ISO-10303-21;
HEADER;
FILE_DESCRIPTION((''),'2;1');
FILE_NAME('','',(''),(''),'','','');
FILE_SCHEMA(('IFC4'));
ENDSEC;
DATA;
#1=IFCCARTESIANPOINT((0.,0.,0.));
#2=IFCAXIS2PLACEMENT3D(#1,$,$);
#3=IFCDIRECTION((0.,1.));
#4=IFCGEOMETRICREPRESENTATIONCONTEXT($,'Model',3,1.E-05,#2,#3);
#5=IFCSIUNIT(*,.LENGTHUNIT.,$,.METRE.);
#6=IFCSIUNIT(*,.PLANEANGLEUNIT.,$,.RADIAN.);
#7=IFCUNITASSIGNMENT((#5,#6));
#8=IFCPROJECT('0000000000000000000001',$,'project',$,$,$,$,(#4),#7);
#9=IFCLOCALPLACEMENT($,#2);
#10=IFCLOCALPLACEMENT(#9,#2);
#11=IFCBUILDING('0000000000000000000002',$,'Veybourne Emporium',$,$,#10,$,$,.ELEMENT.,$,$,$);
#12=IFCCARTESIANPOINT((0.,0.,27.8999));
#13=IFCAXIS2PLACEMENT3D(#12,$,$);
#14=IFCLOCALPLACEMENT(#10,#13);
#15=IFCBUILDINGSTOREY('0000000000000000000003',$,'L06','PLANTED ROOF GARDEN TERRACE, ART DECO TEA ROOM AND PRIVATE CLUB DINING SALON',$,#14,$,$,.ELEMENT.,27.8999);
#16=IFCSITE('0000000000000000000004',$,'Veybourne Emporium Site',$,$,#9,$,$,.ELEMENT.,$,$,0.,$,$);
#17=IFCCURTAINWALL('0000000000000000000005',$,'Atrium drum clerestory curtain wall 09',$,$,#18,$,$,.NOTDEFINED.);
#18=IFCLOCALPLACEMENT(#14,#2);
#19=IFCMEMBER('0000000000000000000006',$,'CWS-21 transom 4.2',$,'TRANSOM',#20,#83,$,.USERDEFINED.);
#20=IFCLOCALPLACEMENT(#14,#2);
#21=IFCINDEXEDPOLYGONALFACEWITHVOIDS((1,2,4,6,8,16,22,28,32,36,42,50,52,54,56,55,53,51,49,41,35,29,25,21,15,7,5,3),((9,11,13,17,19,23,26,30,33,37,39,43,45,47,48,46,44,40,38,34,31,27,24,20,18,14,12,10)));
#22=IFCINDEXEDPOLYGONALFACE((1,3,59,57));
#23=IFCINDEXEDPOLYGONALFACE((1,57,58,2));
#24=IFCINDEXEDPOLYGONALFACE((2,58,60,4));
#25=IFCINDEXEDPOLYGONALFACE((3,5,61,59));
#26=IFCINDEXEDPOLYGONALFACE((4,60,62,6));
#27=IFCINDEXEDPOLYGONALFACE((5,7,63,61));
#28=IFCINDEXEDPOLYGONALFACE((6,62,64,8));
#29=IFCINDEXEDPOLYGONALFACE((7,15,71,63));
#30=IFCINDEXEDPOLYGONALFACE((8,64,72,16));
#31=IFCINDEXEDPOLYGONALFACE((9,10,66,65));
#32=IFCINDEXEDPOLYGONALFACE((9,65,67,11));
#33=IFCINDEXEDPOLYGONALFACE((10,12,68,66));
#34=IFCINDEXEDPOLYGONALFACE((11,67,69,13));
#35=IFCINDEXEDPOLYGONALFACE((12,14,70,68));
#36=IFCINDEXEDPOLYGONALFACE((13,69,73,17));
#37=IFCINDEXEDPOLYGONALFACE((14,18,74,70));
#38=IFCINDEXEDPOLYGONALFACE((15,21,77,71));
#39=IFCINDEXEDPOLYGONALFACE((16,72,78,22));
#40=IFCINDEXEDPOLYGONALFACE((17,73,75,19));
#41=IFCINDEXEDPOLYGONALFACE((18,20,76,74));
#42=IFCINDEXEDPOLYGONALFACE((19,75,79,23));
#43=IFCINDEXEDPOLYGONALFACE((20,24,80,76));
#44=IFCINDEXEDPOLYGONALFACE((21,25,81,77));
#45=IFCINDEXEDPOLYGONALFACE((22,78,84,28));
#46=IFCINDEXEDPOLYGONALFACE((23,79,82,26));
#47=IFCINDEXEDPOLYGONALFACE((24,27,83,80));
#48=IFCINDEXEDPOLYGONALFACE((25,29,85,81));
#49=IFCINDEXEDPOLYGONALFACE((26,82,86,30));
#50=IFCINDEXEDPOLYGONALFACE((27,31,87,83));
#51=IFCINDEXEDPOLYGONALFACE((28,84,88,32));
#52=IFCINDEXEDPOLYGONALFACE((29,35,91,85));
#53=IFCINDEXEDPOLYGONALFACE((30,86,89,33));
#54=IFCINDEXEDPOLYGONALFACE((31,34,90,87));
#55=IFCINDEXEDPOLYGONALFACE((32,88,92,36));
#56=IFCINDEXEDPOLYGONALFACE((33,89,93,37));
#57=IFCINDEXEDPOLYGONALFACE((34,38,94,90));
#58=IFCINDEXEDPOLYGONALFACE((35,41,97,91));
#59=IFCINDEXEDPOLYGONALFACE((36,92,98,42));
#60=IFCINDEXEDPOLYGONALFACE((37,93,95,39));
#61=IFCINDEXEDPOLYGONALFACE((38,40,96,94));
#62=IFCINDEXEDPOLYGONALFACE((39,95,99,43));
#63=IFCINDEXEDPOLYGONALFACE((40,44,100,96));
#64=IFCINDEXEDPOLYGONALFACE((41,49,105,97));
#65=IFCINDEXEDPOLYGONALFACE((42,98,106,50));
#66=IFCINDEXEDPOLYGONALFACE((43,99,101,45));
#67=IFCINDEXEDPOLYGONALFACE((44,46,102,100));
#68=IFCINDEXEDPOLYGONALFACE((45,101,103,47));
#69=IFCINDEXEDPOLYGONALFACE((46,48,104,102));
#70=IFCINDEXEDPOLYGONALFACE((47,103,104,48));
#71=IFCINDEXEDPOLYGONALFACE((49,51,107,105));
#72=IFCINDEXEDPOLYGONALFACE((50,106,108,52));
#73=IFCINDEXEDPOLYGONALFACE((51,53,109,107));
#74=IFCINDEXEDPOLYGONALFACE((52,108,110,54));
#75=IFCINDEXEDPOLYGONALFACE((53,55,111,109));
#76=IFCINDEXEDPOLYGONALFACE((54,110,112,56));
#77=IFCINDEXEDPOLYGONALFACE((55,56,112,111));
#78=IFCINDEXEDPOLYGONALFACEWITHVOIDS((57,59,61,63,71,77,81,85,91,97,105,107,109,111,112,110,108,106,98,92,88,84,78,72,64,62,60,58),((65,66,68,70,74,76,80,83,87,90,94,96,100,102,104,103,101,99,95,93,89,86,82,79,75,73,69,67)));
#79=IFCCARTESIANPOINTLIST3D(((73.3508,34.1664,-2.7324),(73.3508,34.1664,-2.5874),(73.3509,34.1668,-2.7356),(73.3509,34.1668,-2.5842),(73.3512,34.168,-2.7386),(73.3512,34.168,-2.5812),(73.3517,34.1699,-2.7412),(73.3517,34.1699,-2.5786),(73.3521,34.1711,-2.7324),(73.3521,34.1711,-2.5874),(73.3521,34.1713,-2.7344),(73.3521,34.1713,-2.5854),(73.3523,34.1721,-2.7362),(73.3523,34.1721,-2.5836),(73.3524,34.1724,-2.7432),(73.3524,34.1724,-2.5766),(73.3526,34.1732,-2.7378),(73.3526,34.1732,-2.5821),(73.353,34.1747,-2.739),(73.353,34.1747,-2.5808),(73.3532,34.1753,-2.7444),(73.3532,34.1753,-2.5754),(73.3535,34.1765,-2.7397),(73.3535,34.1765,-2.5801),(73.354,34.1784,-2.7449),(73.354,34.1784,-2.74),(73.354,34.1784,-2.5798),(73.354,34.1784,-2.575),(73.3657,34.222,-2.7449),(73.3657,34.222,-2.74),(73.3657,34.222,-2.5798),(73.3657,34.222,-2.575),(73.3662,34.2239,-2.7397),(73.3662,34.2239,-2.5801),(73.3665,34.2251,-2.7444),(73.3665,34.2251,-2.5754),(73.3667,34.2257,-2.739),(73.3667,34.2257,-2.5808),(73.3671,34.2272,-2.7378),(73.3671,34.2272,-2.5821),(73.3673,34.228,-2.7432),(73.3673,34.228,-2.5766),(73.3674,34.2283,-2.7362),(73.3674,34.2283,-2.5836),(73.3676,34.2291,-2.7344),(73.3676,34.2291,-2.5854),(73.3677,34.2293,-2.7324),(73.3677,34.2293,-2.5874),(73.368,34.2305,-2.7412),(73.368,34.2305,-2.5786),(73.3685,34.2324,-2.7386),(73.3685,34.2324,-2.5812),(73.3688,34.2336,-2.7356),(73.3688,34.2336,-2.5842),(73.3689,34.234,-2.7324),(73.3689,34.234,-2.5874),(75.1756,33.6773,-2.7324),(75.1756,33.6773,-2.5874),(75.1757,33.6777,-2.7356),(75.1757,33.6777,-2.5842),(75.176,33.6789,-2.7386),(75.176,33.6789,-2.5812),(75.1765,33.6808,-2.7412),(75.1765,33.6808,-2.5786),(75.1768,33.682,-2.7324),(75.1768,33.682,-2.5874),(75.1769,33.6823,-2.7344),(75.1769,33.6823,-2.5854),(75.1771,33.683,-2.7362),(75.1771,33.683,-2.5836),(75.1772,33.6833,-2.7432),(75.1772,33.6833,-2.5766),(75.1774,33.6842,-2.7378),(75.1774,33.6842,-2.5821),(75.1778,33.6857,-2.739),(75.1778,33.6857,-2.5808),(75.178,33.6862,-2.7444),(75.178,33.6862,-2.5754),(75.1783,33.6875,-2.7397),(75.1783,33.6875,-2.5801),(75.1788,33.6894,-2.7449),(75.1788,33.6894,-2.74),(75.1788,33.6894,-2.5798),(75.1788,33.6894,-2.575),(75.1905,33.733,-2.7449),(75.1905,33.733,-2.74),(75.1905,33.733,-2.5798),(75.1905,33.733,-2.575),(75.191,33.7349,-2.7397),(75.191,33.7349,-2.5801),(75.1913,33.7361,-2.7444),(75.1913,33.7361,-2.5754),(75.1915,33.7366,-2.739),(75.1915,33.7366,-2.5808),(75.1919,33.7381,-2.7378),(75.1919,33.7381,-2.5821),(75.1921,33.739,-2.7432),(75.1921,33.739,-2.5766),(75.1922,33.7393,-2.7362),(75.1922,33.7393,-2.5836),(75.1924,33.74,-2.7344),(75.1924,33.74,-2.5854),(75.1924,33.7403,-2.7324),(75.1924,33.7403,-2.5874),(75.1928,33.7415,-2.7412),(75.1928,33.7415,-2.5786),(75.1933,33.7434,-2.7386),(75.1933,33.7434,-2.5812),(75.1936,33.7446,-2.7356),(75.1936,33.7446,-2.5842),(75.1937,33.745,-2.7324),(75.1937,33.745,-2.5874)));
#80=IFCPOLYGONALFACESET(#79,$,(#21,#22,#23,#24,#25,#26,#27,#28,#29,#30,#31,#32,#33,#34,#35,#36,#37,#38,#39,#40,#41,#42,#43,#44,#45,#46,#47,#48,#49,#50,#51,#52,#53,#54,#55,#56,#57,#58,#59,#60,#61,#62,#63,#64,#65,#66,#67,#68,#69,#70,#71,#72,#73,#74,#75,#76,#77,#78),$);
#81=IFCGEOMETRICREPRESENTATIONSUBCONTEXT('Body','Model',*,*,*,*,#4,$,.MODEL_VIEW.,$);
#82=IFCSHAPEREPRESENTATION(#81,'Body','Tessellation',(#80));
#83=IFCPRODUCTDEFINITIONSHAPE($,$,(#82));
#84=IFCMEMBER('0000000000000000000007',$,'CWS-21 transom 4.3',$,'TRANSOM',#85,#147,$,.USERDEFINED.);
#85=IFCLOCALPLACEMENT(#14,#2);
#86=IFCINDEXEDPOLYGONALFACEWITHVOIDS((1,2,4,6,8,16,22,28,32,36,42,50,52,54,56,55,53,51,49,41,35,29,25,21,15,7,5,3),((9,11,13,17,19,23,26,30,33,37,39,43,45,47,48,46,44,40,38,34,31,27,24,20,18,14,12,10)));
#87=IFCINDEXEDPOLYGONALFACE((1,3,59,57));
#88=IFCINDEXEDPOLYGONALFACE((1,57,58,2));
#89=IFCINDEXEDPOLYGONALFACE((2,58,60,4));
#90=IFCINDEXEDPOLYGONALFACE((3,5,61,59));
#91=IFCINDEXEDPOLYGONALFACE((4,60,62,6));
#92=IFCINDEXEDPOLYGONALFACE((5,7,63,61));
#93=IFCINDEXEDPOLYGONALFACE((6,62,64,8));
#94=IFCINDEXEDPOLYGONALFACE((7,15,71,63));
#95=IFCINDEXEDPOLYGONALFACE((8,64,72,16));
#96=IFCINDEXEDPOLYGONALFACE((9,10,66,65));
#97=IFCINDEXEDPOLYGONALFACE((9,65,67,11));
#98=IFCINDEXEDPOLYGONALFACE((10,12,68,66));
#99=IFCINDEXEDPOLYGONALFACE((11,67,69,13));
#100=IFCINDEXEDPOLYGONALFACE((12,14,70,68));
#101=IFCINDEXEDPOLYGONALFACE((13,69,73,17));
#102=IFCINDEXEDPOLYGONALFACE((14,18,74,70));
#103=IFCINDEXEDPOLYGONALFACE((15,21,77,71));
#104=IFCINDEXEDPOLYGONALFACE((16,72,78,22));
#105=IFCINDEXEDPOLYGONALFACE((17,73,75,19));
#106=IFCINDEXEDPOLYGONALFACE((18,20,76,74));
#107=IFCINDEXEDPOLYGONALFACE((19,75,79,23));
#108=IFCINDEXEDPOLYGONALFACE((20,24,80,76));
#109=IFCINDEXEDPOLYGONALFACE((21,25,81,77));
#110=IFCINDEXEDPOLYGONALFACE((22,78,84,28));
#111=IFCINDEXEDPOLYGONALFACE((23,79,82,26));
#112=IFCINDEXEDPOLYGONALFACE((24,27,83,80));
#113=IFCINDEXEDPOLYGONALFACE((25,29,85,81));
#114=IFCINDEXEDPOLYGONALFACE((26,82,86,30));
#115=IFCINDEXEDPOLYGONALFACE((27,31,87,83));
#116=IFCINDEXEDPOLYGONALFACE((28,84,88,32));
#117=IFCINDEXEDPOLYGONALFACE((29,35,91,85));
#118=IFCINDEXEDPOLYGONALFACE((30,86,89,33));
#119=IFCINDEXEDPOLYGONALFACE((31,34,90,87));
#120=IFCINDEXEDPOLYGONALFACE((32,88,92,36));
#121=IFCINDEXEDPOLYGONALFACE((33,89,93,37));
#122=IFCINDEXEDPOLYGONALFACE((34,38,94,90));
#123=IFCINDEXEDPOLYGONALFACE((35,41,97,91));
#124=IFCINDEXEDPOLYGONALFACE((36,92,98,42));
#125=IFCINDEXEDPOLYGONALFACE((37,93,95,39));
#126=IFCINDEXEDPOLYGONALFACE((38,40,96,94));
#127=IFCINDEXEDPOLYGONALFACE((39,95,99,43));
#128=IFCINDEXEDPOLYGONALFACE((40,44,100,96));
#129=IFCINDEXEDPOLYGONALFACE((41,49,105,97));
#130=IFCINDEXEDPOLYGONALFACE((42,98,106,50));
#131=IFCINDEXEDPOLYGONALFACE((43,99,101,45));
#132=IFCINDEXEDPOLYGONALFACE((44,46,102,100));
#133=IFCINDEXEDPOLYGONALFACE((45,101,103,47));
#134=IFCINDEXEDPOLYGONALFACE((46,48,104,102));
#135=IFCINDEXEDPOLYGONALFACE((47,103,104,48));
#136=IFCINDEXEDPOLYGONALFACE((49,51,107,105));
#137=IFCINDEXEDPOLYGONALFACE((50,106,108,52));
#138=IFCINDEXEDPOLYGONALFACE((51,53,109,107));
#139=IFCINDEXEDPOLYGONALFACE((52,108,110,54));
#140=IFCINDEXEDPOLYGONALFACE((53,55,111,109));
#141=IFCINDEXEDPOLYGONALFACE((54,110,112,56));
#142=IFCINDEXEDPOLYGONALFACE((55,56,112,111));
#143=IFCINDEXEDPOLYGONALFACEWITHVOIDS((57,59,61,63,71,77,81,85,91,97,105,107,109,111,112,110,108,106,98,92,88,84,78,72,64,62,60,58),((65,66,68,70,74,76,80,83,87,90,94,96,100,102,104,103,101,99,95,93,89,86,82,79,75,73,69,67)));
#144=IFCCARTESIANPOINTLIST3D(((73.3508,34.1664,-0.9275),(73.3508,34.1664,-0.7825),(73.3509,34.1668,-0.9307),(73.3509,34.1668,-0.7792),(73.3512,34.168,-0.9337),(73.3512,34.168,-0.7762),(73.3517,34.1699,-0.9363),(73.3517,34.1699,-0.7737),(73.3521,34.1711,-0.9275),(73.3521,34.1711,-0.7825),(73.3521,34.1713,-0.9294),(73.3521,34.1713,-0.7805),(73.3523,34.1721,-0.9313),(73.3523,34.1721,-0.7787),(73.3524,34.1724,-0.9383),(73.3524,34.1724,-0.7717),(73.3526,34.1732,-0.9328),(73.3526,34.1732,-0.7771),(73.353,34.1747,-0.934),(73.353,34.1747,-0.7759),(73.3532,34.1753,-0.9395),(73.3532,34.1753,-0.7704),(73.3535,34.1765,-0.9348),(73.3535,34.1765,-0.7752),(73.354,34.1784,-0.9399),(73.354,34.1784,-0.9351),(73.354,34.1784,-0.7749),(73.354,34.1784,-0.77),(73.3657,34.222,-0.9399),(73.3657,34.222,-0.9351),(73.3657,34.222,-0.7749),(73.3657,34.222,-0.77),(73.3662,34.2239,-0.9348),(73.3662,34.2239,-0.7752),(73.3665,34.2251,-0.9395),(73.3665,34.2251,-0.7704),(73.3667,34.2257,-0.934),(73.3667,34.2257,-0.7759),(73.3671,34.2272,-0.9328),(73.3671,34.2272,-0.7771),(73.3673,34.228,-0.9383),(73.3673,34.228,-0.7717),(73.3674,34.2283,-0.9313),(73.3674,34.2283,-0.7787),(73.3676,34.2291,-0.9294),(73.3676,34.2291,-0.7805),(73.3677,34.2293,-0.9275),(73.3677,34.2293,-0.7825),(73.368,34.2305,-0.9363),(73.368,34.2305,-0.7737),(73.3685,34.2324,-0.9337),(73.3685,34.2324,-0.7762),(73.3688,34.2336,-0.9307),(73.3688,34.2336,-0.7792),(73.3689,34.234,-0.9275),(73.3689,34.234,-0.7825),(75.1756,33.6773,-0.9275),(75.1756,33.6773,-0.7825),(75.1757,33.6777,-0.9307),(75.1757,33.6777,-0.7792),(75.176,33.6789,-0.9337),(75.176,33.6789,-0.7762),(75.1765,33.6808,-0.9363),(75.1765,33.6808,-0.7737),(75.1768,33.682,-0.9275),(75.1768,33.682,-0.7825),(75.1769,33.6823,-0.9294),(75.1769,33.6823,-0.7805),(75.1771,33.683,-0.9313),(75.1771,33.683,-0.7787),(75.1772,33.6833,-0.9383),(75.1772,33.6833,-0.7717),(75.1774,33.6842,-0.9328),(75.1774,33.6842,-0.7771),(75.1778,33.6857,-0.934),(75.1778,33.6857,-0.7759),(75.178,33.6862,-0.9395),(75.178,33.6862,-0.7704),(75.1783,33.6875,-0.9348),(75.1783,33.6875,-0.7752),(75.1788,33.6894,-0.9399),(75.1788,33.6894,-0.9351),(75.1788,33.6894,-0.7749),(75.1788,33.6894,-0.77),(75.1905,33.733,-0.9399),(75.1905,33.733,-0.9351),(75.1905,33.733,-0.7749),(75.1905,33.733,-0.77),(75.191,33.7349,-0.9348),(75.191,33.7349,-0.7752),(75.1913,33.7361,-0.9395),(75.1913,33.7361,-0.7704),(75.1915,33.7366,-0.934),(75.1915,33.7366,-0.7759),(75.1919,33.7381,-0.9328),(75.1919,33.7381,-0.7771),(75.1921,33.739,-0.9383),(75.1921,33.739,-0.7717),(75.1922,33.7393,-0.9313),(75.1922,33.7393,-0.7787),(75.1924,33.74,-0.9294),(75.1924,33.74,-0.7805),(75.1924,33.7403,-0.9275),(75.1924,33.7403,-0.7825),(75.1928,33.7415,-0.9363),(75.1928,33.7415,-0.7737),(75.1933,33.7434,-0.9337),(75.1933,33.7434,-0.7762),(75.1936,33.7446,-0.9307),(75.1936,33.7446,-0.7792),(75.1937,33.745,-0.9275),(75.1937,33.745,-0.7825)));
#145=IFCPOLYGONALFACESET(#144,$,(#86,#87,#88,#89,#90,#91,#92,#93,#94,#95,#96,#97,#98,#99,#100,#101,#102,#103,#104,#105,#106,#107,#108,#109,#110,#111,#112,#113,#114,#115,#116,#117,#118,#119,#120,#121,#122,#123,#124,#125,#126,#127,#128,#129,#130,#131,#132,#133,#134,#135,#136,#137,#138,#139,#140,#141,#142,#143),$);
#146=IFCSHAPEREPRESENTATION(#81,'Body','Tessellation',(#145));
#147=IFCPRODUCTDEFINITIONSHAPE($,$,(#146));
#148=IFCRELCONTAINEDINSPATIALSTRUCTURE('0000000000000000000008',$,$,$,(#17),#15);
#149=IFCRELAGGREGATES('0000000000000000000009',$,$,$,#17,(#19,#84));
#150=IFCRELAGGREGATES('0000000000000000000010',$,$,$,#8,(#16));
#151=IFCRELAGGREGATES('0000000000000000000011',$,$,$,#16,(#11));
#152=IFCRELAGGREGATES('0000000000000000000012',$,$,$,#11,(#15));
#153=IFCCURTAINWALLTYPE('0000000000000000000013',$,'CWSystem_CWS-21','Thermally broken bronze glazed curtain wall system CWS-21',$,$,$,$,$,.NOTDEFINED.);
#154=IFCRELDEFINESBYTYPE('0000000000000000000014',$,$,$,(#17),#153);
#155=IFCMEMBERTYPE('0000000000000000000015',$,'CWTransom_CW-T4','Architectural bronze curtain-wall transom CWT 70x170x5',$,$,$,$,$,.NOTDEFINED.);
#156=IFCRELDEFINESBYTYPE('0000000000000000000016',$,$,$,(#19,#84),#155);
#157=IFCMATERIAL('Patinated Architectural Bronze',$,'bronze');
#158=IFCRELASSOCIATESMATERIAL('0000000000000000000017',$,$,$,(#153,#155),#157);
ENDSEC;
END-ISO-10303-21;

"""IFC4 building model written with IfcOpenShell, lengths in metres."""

from ifc_helpers import new_model, si_unit, direction, frame, origin, origin_2d, place, context, subcontext, project, spatial, hollow_rectangle, extrude, material, material_profile, profile_set, type_object, element, aggregate, save


model = new_model("IFC4")

# Units and contexts
model_context = context("Model", 3, precision=1e-05, world=origin(), true_north=direction((0.0, 1.0)))
body_context = subcontext(model_context, "Body", "Model", "MODEL_VIEW")
ifc_project = project(units=[si_unit("LENGTHUNIT", "METRE"), si_unit("PLANEANGLEUNIT", "RADIAN")], contexts=[model_context])

# Site, building, storey
site_placement = place(None, origin())
site = spatial("IfcSite", under=ifc_project, at=site_placement, Name="Veybourne Emporium Site", CompositionType="ELEMENT", RefElevation=0.0)
building_placement = place(site_placement, origin())
building = spatial("IfcBuilding", under=site, at=building_placement, Name="Veybourne Emporium", CompositionType="ELEMENT")
storey_placement = place(building_placement, frame((0.0, 0.0, 27.8999)))
storey = spatial("IfcBuildingStorey", under=building, at=storey_placement, Name="L06", Description="PLANTED ROOF GARDEN TERRACE, ART DECO TEA ROOM AND PRIVATE CLUB DINING SALON", CompositionType="ELEMENT", Elevation=27.8999)

# Curtain wall
ifc_material_1 = material(Name="Patinated Architectural Bronze", Category="bronze")
curtain_wall_type_1 = type_object("IfcCurtainWallType", Name="CWSystem_CWS-21", Description="Thermally broken bronze glazed curtain wall system CWS-21", PredefinedType="NOTDEFINED", material=ifc_material_1)
curtain_wall_1_placement = place(storey_placement, origin())
curtain_wall_1 = element("IfcCurtainWall", 1, at=curtain_wall_1_placement, inside=storey, type_object=curtain_wall_type_1, Name="Atrium drum clerestory curtain wall 09", PredefinedType="NOTDEFINED")

# Members
ifc_material_profile_1 = material_profile(ifc_material_1, hollow_rectangle(XDim=0.0701, YDim=0.1699, WallThickness=0.0049, InnerFilletRadius=0.0076, OuterFilletRadius=0.0125, at=origin_2d()), Name="CWT 70x170x5")
ifc_profile_set_1 = profile_set([ifc_material_profile_1], Name="Patinated Architectural Bronze")
member_type_1 = type_object("IfcMemberType", Name="CWTransom_CW-T4", Description="Architectural bronze curtain-wall transom CWT 70x170x5", PredefinedType="NOTDEFINED", material=ifc_profile_set_1)
member_1_placement = place(storey_placement, frame((73.3599, 34.2002, -2.6599), z_axis=(0.965915, -0.258861, 0.0), x_axis=(0.258861, 0.965915, 0.0)))
member_1 = element("IfcMember", 2, at=member_1_placement, type_object=member_type_1, Name="CWS-21 transom 4.2", ObjectType="TRANSOM", PredefinedType="USERDEFINED", context=body_context, shape_type="SweptSolid", body=[
    extrude(hollow_rectangle(XDim=0.0701, YDim=0.1699, WallThickness=0.0049, InnerFilletRadius=0.0076, OuterFilletRadius=0.0125, at=origin_2d()), origin(), (0.0, 0.0, 1.0), 1.8892),
])
member_2_placement = place(storey_placement, frame((73.3599, 34.2002, -0.855), z_axis=(0.965915, -0.258861, 0.0), x_axis=(0.258861, 0.965915, 0.0)))
member_2 = element("IfcMember", 3, at=member_2_placement, type_object=member_type_1, Name="CWS-21 transom 4.3", ObjectType="TRANSOM", PredefinedType="USERDEFINED", context=body_context, shape_type="SweptSolid", body=[
    extrude(hollow_rectangle(XDim=0.0701, YDim=0.1699, WallThickness=0.0049, InnerFilletRadius=0.0076, OuterFilletRadius=0.0125, at=origin_2d()), origin(), (0.0, 0.0, 1.0), 1.8892),
])

aggregate(curtain_wall_1, [member_1, member_2])

save(model, "model.ifc")
